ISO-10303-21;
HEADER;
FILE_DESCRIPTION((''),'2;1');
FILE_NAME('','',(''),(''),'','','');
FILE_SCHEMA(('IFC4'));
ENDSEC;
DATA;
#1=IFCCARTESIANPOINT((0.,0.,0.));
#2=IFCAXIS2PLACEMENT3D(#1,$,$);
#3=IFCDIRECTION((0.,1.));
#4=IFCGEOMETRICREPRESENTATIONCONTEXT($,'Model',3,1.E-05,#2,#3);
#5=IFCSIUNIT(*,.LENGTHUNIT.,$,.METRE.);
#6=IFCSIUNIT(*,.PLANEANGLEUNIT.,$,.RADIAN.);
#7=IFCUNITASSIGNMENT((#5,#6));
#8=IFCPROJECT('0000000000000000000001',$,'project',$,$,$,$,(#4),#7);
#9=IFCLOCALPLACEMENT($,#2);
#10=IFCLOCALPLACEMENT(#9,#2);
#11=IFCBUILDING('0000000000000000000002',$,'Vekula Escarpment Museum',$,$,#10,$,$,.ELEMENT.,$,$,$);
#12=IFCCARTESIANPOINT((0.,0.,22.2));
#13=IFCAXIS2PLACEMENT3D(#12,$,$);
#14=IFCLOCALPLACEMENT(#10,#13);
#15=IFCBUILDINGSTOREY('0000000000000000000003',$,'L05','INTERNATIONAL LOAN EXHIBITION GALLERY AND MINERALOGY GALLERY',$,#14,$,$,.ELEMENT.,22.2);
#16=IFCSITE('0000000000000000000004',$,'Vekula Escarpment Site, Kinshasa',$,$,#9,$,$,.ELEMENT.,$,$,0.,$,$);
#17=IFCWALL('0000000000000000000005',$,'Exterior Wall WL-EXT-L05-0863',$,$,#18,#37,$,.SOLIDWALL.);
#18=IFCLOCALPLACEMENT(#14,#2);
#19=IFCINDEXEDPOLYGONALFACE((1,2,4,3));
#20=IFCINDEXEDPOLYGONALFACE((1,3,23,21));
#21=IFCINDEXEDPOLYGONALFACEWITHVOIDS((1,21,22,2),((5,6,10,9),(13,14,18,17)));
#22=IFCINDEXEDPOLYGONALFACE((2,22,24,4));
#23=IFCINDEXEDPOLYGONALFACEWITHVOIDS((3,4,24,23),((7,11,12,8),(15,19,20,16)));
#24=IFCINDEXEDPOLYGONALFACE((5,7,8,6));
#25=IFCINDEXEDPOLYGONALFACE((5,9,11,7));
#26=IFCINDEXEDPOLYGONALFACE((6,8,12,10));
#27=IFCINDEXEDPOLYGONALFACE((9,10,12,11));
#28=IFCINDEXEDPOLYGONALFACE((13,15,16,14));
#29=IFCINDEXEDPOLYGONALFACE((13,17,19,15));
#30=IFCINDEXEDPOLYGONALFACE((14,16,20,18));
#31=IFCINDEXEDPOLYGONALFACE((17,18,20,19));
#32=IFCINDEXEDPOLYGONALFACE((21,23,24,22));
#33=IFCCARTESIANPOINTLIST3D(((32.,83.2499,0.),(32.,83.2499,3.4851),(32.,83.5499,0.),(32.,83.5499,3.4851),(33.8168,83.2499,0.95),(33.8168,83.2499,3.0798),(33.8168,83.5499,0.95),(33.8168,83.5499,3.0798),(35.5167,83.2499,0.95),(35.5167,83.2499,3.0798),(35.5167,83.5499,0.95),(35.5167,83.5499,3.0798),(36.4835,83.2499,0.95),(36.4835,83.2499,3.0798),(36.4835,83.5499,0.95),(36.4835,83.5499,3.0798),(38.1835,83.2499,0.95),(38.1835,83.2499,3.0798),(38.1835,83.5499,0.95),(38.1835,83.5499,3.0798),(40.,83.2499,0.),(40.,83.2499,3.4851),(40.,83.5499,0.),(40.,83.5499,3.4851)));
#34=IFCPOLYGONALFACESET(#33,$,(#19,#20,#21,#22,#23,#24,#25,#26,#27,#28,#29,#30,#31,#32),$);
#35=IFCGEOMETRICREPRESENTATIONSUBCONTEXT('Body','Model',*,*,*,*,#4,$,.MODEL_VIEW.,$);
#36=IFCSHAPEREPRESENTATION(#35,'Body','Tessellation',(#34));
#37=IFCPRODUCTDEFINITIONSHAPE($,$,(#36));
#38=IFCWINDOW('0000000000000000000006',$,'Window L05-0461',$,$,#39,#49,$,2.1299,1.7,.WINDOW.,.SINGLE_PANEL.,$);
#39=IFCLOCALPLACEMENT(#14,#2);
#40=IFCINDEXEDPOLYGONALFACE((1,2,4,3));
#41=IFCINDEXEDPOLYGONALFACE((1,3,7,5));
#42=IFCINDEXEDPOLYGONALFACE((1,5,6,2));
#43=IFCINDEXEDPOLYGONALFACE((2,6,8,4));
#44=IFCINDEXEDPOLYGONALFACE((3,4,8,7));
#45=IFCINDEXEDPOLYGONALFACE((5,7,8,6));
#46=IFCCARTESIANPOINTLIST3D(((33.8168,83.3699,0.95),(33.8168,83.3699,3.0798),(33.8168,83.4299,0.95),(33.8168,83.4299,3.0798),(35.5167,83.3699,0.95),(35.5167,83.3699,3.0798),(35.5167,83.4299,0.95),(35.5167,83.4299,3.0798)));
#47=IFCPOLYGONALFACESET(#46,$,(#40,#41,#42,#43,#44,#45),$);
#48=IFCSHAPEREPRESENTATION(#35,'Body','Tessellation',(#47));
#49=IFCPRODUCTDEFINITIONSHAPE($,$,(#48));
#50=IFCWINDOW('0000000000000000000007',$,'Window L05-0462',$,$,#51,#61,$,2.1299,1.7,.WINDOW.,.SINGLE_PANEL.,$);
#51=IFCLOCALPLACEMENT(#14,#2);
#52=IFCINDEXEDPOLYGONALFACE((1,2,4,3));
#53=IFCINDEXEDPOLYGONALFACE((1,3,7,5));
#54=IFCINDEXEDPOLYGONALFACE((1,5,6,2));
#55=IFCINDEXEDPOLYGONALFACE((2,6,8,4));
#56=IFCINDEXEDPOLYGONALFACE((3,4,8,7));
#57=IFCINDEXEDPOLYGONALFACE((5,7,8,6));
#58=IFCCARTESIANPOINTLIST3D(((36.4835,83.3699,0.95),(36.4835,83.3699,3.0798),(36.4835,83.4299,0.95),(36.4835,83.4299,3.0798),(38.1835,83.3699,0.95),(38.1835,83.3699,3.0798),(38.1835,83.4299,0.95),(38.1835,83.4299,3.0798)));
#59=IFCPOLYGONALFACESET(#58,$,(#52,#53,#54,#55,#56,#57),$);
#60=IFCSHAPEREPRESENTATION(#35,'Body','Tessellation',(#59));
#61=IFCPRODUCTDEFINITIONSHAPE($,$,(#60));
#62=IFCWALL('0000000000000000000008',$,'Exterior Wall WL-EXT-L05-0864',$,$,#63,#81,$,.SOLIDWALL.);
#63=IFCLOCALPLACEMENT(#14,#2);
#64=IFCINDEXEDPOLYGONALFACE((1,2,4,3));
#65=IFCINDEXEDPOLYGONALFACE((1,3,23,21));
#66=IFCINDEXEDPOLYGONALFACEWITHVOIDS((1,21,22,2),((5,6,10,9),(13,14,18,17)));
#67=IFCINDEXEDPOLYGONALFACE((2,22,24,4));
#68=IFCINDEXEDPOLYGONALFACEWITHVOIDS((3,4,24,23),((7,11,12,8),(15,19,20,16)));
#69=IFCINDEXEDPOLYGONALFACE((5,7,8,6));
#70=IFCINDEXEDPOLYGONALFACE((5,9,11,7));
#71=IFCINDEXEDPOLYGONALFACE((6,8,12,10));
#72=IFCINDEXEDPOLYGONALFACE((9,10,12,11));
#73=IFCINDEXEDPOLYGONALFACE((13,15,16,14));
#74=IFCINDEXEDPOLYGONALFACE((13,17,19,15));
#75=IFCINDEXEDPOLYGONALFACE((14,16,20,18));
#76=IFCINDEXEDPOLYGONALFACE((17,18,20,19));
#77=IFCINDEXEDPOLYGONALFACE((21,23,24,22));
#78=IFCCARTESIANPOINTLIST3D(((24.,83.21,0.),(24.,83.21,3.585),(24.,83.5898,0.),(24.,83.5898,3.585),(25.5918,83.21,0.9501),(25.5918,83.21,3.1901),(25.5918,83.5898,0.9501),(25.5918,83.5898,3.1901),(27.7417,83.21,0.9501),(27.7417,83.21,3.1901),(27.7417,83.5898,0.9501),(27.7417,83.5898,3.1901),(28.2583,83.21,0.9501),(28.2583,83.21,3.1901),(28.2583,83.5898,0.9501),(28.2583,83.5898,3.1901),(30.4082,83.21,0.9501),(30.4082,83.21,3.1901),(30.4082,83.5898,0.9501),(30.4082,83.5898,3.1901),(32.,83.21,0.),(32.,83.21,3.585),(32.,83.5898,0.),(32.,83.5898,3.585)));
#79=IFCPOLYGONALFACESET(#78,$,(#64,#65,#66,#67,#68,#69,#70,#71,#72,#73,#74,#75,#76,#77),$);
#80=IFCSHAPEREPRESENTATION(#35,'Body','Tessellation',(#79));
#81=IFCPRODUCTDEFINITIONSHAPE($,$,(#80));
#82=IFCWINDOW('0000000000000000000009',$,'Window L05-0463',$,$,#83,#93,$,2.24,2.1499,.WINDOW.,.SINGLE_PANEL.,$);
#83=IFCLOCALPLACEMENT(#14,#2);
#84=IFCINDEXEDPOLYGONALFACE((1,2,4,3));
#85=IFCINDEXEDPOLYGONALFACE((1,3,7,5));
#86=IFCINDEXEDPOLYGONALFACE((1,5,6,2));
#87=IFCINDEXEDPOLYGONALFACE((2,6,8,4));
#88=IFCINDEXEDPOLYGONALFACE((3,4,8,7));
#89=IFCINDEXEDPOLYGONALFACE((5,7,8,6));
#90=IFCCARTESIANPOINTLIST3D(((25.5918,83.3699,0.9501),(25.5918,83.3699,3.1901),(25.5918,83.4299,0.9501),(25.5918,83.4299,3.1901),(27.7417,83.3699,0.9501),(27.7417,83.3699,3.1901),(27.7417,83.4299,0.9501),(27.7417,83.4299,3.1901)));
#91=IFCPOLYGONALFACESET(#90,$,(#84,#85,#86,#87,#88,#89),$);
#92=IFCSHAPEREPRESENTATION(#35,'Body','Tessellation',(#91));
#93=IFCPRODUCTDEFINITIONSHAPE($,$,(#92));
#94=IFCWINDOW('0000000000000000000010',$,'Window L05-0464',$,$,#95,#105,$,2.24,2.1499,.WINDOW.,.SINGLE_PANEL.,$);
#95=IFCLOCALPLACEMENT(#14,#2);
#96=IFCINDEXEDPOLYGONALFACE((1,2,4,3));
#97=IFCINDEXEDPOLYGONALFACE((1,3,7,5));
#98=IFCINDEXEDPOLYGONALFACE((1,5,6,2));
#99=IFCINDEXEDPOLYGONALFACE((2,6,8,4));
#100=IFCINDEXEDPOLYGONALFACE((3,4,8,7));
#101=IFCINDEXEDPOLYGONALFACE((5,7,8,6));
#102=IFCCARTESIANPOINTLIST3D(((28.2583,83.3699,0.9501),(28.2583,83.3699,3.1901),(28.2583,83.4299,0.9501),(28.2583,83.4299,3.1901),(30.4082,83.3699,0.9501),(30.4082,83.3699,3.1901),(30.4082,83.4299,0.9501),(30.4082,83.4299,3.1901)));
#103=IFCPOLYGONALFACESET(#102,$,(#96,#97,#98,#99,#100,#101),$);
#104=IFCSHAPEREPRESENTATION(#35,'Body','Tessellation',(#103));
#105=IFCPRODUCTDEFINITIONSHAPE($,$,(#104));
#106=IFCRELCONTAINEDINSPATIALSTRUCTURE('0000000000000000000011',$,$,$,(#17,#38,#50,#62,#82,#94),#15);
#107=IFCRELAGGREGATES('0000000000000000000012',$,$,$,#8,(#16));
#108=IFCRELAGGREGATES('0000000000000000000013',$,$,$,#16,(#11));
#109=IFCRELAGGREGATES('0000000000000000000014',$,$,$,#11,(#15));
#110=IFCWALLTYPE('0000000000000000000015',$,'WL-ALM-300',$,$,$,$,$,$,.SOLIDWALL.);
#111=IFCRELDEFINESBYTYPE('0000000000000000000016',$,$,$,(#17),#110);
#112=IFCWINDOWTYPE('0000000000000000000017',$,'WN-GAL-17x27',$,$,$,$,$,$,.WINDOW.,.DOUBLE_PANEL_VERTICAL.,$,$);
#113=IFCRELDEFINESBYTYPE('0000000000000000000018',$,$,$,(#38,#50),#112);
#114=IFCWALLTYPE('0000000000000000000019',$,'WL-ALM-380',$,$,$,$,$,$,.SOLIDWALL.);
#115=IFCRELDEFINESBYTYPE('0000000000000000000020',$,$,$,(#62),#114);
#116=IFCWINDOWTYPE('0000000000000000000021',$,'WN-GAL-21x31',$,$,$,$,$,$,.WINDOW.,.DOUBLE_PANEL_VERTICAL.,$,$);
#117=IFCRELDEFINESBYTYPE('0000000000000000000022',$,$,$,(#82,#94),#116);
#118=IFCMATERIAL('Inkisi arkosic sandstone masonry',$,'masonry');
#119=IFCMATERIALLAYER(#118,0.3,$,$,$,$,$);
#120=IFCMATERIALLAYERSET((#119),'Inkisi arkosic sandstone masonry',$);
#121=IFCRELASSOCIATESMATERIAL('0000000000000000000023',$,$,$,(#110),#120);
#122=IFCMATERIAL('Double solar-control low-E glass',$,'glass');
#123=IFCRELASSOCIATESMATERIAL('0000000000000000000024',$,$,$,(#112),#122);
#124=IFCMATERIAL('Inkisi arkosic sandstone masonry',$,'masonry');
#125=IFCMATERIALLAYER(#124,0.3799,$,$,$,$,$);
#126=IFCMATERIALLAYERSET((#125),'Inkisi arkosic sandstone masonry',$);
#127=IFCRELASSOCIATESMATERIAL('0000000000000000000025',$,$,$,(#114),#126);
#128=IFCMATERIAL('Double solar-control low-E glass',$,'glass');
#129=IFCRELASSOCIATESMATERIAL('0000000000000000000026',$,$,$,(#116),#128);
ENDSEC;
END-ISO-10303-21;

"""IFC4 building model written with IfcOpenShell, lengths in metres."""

from ifc_helpers import new_model, si_unit, direction, frame, frame_2d, origin, place, context, subcontext, project, spatial, rectangle, extrude, material, layer, layer_set, type_object, element, fill, save


model = new_model("IFC4")

# Units and contexts
model_context = context("Model", 3, precision=1e-05, world=origin(), true_north=direction((0.0, 1.0)))
body_context = subcontext(model_context, "Body", "Model", "MODEL_VIEW")
ifc_project = project(units=[si_unit("LENGTHUNIT", "METRE"), si_unit("PLANEANGLEUNIT", "RADIAN")], contexts=[model_context])

# Site, building, storey
site_placement = place(None, origin())
site = spatial("IfcSite", under=ifc_project, at=site_placement, Name="Vekula Escarpment Site, Kinshasa", CompositionType="ELEMENT", RefElevation=0.0)
building_placement = place(site_placement, origin())
building = spatial("IfcBuilding", under=site, at=building_placement, Name="Vekula Escarpment Museum", CompositionType="ELEMENT")
storey_placement = place(building_placement, frame((0.0, 0.0, 22.2)))
storey = spatial("IfcBuildingStorey", under=building, at=storey_placement, Name="L05", Description="INTERNATIONAL LOAN EXHIBITION GALLERY AND MINERALOGY GALLERY", CompositionType="ELEMENT", Elevation=22.2)

# Walls, openings, windows
ifc_material_1 = material(Name="Inkisi arkosic sandstone masonry", Category="masonry")
ifc_layer_1 = layer(ifc_material_1, 0.3)
ifc_layer_set_1 = layer_set([ifc_layer_1], Name="Inkisi arkosic sandstone masonry")
wall_type_1 = type_object("IfcWallType", Name="WL-ALM-300", PredefinedType="SOLIDWALL", material=ifc_layer_set_1)
wall_1_placement = place(storey_placement, frame((32.0, 83.3999, 0.0), z_axis=(0.0, 0.0, 1.0), x_axis=(1.0, 0.0, 0.0)))
wall_1 = element("IfcWall", 1, at=wall_1_placement, inside=storey, type_object=wall_type_1, Name="Exterior Wall WL-EXT-L05-0863", PredefinedType="SOLIDWALL", context=body_context, shape_type="SweptSolid", body=[
    extrude(rectangle(XDim=8.0, YDim=0.3, at=frame_2d((4.0, 0.0))), origin(), (0.0, 0.0, 1.0), 3.4851),
])
opening_1_placement = place(wall_1_placement, frame((1.8167, 0.0, 0.95)))
opening_1 = element("IfcOpeningElement", 2, at=opening_1_placement, cuts=wall_1, PredefinedType="OPENING", context=body_context, shape_type="SweptSolid", body=[
    extrude(rectangle(XDim=1.7, YDim=2.1299, at=frame_2d((0.8501, 1.0649))), frame((0.0, 0.1599, 0.0), z_axis=(0.0, -1.0, 0.0), x_axis=(1.0, 0.0, 0.0)), (0.0, 0.0, 1.0), 0.3201),
])
opening_2_placement = place(wall_1_placement, frame((4.4834, 0.0, 0.95)))
opening_2 = element("IfcOpeningElement", 3, at=opening_2_placement, cuts=wall_1, PredefinedType="OPENING", context=body_context, shape_type="SweptSolid", body=[
    extrude(rectangle(XDim=1.7, YDim=2.1299, at=frame_2d((0.8501, 1.0649))), frame((0.0, 0.1599, 0.0), z_axis=(0.0, -1.0, 0.0), x_axis=(1.0, 0.0, 0.0)), (0.0, 0.0, 1.0), 0.3201),
])
ifc_material_2 = material(Name="Double solar-control low-E glass", Category="glass")
window_type_1 = type_object("IfcWindowType", Name="WN-GAL-17x27", PartitioningType="DOUBLE_PANEL_VERTICAL", PredefinedType="WINDOW", material=ifc_material_2)
window_1_placement = place(opening_1_placement, origin())
window_1 = element("IfcWindow", 4, at=window_1_placement, inside=storey, type_object=window_type_1, Name="Window L05-0461", OverallHeight=2.1299, OverallWidth=1.7, PartitioningType="SINGLE_PANEL", PredefinedType="WINDOW", context=body_context, shape_type="SweptSolid", body=[
    extrude(rectangle(XDim=1.7, YDim=2.1299, at=frame_2d((0.8501, 1.0649))), frame((0.0, 0.03, 0.0), z_axis=(0.0, -1.0, 0.0), x_axis=(1.0, 0.0, 0.0)), (0.0, 0.0, 1.0), 0.0601),
])
fill(opening_1, window_1)
window_2_placement = place(opening_2_placement, origin())
window_2 = element("IfcWindow", 5, at=window_2_placement, inside=storey, type_object=window_type_1, Name="Window L05-0462", OverallHeight=2.1299, OverallWidth=1.7, PartitioningType="SINGLE_PANEL", PredefinedType="WINDOW", context=body_context, shape_type="SweptSolid", body=[
    extrude(rectangle(XDim=1.7, YDim=2.1299, at=frame_2d((0.8501, 1.0649))), frame((0.0, 0.03, 0.0), z_axis=(0.0, -1.0, 0.0), x_axis=(1.0, 0.0, 0.0)), (0.0, 0.0, 1.0), 0.0601),
])
fill(opening_2, window_2)
ifc_material_3 = material(Name="Inkisi arkosic sandstone masonry", Category="masonry")
ifc_layer_2 = layer(ifc_material_3, 0.3799)
ifc_layer_set_2 = layer_set([ifc_layer_2], Name="Inkisi arkosic sandstone masonry")
wall_type_2 = type_object("IfcWallType", Name="WL-ALM-380", PredefinedType="SOLIDWALL", material=ifc_layer_set_2)
wall_2_placement = place(storey_placement, frame((24.0, 83.3999, 0.0), z_axis=(0.0, 0.0, 1.0), x_axis=(1.0, 0.0, 0.0)))
wall_2 = element("IfcWall", 6, at=wall_2_placement, inside=storey, type_object=wall_type_2, Name="Exterior Wall WL-EXT-L05-0864", PredefinedType="SOLIDWALL", context=body_context, shape_type="SweptSolid", body=[
    extrude(rectangle(XDim=8.0, YDim=0.3799, at=frame_2d((4.0, 0.0))), origin(), (0.0, 0.0, 1.0), 3.585),
])
opening_3_placement = place(wall_2_placement, frame((1.5918, 0.0, 0.95)))
opening_3 = element("IfcOpeningElement", 7, at=opening_3_placement, cuts=wall_2, PredefinedType="OPENING", context=body_context, shape_type="SweptSolid", body=[
    extrude(rectangle(XDim=2.1499, YDim=2.24, at=frame_2d((1.075, 1.1201))), frame((0.0, 0.2, 0.0), z_axis=(0.0, -1.0, 0.0), x_axis=(1.0, 0.0, 0.0)), (0.0, 0.0, 1.0), 0.3999),
])
opening_4_placement = place(wall_2_placement, frame((4.2583, 0.0, 0.95)))
opening_4 = element("IfcOpeningElement", 8, at=opening_4_placement, cuts=wall_2, PredefinedType="OPENING", context=body_context, shape_type="SweptSolid", body=[
    extrude(rectangle(XDim=2.1499, YDim=2.24, at=frame_2d((1.075, 1.1201))), frame((0.0, 0.2, 0.0), z_axis=(0.0, -1.0, 0.0), x_axis=(1.0, 0.0, 0.0)), (0.0, 0.0, 1.0), 0.3999),
])
ifc_material_4 = material(Name="Double solar-control low-E glass", Category="glass")
window_type_2 = type_object("IfcWindowType", Name="WN-GAL-21x31", PartitioningType="DOUBLE_PANEL_VERTICAL", PredefinedType="WINDOW", material=ifc_material_4)
window_3_placement = place(opening_3_placement, origin())
window_3 = element("IfcWindow", 9, at=window_3_placement, inside=storey, type_object=window_type_2, Name="Window L05-0463", OverallHeight=2.24, OverallWidth=2.1499, PartitioningType="SINGLE_PANEL", PredefinedType="WINDOW", context=body_context, shape_type="SweptSolid", body=[
    extrude(rectangle(XDim=2.1499, YDim=2.24, at=frame_2d((1.075, 1.1201))), frame((0.0, 0.03, 0.0), z_axis=(0.0, -1.0, 0.0), x_axis=(1.0, 0.0, 0.0)), (0.0, 0.0, 1.0), 0.0601),
])
fill(opening_3, window_3)
window_4_placement = place(opening_4_placement, origin())
window_4 = element("IfcWindow", 10, at=window_4_placement, inside=storey, type_object=window_type_2, Name="Window L05-0464", OverallHeight=2.24, OverallWidth=2.1499, PartitioningType="SINGLE_PANEL", PredefinedType="WINDOW", context=body_context, shape_type="SweptSolid", body=[
    extrude(rectangle(XDim=2.1499, YDim=2.24, at=frame_2d((1.075, 1.1201))), frame((0.0, 0.03, 0.0), z_axis=(0.0, -1.0, 0.0), x_axis=(1.0, 0.0, 0.0)), (0.0, 0.0, 1.0), 0.0601),
])
fill(opening_4, window_4)

save(model, "model.ifc")
